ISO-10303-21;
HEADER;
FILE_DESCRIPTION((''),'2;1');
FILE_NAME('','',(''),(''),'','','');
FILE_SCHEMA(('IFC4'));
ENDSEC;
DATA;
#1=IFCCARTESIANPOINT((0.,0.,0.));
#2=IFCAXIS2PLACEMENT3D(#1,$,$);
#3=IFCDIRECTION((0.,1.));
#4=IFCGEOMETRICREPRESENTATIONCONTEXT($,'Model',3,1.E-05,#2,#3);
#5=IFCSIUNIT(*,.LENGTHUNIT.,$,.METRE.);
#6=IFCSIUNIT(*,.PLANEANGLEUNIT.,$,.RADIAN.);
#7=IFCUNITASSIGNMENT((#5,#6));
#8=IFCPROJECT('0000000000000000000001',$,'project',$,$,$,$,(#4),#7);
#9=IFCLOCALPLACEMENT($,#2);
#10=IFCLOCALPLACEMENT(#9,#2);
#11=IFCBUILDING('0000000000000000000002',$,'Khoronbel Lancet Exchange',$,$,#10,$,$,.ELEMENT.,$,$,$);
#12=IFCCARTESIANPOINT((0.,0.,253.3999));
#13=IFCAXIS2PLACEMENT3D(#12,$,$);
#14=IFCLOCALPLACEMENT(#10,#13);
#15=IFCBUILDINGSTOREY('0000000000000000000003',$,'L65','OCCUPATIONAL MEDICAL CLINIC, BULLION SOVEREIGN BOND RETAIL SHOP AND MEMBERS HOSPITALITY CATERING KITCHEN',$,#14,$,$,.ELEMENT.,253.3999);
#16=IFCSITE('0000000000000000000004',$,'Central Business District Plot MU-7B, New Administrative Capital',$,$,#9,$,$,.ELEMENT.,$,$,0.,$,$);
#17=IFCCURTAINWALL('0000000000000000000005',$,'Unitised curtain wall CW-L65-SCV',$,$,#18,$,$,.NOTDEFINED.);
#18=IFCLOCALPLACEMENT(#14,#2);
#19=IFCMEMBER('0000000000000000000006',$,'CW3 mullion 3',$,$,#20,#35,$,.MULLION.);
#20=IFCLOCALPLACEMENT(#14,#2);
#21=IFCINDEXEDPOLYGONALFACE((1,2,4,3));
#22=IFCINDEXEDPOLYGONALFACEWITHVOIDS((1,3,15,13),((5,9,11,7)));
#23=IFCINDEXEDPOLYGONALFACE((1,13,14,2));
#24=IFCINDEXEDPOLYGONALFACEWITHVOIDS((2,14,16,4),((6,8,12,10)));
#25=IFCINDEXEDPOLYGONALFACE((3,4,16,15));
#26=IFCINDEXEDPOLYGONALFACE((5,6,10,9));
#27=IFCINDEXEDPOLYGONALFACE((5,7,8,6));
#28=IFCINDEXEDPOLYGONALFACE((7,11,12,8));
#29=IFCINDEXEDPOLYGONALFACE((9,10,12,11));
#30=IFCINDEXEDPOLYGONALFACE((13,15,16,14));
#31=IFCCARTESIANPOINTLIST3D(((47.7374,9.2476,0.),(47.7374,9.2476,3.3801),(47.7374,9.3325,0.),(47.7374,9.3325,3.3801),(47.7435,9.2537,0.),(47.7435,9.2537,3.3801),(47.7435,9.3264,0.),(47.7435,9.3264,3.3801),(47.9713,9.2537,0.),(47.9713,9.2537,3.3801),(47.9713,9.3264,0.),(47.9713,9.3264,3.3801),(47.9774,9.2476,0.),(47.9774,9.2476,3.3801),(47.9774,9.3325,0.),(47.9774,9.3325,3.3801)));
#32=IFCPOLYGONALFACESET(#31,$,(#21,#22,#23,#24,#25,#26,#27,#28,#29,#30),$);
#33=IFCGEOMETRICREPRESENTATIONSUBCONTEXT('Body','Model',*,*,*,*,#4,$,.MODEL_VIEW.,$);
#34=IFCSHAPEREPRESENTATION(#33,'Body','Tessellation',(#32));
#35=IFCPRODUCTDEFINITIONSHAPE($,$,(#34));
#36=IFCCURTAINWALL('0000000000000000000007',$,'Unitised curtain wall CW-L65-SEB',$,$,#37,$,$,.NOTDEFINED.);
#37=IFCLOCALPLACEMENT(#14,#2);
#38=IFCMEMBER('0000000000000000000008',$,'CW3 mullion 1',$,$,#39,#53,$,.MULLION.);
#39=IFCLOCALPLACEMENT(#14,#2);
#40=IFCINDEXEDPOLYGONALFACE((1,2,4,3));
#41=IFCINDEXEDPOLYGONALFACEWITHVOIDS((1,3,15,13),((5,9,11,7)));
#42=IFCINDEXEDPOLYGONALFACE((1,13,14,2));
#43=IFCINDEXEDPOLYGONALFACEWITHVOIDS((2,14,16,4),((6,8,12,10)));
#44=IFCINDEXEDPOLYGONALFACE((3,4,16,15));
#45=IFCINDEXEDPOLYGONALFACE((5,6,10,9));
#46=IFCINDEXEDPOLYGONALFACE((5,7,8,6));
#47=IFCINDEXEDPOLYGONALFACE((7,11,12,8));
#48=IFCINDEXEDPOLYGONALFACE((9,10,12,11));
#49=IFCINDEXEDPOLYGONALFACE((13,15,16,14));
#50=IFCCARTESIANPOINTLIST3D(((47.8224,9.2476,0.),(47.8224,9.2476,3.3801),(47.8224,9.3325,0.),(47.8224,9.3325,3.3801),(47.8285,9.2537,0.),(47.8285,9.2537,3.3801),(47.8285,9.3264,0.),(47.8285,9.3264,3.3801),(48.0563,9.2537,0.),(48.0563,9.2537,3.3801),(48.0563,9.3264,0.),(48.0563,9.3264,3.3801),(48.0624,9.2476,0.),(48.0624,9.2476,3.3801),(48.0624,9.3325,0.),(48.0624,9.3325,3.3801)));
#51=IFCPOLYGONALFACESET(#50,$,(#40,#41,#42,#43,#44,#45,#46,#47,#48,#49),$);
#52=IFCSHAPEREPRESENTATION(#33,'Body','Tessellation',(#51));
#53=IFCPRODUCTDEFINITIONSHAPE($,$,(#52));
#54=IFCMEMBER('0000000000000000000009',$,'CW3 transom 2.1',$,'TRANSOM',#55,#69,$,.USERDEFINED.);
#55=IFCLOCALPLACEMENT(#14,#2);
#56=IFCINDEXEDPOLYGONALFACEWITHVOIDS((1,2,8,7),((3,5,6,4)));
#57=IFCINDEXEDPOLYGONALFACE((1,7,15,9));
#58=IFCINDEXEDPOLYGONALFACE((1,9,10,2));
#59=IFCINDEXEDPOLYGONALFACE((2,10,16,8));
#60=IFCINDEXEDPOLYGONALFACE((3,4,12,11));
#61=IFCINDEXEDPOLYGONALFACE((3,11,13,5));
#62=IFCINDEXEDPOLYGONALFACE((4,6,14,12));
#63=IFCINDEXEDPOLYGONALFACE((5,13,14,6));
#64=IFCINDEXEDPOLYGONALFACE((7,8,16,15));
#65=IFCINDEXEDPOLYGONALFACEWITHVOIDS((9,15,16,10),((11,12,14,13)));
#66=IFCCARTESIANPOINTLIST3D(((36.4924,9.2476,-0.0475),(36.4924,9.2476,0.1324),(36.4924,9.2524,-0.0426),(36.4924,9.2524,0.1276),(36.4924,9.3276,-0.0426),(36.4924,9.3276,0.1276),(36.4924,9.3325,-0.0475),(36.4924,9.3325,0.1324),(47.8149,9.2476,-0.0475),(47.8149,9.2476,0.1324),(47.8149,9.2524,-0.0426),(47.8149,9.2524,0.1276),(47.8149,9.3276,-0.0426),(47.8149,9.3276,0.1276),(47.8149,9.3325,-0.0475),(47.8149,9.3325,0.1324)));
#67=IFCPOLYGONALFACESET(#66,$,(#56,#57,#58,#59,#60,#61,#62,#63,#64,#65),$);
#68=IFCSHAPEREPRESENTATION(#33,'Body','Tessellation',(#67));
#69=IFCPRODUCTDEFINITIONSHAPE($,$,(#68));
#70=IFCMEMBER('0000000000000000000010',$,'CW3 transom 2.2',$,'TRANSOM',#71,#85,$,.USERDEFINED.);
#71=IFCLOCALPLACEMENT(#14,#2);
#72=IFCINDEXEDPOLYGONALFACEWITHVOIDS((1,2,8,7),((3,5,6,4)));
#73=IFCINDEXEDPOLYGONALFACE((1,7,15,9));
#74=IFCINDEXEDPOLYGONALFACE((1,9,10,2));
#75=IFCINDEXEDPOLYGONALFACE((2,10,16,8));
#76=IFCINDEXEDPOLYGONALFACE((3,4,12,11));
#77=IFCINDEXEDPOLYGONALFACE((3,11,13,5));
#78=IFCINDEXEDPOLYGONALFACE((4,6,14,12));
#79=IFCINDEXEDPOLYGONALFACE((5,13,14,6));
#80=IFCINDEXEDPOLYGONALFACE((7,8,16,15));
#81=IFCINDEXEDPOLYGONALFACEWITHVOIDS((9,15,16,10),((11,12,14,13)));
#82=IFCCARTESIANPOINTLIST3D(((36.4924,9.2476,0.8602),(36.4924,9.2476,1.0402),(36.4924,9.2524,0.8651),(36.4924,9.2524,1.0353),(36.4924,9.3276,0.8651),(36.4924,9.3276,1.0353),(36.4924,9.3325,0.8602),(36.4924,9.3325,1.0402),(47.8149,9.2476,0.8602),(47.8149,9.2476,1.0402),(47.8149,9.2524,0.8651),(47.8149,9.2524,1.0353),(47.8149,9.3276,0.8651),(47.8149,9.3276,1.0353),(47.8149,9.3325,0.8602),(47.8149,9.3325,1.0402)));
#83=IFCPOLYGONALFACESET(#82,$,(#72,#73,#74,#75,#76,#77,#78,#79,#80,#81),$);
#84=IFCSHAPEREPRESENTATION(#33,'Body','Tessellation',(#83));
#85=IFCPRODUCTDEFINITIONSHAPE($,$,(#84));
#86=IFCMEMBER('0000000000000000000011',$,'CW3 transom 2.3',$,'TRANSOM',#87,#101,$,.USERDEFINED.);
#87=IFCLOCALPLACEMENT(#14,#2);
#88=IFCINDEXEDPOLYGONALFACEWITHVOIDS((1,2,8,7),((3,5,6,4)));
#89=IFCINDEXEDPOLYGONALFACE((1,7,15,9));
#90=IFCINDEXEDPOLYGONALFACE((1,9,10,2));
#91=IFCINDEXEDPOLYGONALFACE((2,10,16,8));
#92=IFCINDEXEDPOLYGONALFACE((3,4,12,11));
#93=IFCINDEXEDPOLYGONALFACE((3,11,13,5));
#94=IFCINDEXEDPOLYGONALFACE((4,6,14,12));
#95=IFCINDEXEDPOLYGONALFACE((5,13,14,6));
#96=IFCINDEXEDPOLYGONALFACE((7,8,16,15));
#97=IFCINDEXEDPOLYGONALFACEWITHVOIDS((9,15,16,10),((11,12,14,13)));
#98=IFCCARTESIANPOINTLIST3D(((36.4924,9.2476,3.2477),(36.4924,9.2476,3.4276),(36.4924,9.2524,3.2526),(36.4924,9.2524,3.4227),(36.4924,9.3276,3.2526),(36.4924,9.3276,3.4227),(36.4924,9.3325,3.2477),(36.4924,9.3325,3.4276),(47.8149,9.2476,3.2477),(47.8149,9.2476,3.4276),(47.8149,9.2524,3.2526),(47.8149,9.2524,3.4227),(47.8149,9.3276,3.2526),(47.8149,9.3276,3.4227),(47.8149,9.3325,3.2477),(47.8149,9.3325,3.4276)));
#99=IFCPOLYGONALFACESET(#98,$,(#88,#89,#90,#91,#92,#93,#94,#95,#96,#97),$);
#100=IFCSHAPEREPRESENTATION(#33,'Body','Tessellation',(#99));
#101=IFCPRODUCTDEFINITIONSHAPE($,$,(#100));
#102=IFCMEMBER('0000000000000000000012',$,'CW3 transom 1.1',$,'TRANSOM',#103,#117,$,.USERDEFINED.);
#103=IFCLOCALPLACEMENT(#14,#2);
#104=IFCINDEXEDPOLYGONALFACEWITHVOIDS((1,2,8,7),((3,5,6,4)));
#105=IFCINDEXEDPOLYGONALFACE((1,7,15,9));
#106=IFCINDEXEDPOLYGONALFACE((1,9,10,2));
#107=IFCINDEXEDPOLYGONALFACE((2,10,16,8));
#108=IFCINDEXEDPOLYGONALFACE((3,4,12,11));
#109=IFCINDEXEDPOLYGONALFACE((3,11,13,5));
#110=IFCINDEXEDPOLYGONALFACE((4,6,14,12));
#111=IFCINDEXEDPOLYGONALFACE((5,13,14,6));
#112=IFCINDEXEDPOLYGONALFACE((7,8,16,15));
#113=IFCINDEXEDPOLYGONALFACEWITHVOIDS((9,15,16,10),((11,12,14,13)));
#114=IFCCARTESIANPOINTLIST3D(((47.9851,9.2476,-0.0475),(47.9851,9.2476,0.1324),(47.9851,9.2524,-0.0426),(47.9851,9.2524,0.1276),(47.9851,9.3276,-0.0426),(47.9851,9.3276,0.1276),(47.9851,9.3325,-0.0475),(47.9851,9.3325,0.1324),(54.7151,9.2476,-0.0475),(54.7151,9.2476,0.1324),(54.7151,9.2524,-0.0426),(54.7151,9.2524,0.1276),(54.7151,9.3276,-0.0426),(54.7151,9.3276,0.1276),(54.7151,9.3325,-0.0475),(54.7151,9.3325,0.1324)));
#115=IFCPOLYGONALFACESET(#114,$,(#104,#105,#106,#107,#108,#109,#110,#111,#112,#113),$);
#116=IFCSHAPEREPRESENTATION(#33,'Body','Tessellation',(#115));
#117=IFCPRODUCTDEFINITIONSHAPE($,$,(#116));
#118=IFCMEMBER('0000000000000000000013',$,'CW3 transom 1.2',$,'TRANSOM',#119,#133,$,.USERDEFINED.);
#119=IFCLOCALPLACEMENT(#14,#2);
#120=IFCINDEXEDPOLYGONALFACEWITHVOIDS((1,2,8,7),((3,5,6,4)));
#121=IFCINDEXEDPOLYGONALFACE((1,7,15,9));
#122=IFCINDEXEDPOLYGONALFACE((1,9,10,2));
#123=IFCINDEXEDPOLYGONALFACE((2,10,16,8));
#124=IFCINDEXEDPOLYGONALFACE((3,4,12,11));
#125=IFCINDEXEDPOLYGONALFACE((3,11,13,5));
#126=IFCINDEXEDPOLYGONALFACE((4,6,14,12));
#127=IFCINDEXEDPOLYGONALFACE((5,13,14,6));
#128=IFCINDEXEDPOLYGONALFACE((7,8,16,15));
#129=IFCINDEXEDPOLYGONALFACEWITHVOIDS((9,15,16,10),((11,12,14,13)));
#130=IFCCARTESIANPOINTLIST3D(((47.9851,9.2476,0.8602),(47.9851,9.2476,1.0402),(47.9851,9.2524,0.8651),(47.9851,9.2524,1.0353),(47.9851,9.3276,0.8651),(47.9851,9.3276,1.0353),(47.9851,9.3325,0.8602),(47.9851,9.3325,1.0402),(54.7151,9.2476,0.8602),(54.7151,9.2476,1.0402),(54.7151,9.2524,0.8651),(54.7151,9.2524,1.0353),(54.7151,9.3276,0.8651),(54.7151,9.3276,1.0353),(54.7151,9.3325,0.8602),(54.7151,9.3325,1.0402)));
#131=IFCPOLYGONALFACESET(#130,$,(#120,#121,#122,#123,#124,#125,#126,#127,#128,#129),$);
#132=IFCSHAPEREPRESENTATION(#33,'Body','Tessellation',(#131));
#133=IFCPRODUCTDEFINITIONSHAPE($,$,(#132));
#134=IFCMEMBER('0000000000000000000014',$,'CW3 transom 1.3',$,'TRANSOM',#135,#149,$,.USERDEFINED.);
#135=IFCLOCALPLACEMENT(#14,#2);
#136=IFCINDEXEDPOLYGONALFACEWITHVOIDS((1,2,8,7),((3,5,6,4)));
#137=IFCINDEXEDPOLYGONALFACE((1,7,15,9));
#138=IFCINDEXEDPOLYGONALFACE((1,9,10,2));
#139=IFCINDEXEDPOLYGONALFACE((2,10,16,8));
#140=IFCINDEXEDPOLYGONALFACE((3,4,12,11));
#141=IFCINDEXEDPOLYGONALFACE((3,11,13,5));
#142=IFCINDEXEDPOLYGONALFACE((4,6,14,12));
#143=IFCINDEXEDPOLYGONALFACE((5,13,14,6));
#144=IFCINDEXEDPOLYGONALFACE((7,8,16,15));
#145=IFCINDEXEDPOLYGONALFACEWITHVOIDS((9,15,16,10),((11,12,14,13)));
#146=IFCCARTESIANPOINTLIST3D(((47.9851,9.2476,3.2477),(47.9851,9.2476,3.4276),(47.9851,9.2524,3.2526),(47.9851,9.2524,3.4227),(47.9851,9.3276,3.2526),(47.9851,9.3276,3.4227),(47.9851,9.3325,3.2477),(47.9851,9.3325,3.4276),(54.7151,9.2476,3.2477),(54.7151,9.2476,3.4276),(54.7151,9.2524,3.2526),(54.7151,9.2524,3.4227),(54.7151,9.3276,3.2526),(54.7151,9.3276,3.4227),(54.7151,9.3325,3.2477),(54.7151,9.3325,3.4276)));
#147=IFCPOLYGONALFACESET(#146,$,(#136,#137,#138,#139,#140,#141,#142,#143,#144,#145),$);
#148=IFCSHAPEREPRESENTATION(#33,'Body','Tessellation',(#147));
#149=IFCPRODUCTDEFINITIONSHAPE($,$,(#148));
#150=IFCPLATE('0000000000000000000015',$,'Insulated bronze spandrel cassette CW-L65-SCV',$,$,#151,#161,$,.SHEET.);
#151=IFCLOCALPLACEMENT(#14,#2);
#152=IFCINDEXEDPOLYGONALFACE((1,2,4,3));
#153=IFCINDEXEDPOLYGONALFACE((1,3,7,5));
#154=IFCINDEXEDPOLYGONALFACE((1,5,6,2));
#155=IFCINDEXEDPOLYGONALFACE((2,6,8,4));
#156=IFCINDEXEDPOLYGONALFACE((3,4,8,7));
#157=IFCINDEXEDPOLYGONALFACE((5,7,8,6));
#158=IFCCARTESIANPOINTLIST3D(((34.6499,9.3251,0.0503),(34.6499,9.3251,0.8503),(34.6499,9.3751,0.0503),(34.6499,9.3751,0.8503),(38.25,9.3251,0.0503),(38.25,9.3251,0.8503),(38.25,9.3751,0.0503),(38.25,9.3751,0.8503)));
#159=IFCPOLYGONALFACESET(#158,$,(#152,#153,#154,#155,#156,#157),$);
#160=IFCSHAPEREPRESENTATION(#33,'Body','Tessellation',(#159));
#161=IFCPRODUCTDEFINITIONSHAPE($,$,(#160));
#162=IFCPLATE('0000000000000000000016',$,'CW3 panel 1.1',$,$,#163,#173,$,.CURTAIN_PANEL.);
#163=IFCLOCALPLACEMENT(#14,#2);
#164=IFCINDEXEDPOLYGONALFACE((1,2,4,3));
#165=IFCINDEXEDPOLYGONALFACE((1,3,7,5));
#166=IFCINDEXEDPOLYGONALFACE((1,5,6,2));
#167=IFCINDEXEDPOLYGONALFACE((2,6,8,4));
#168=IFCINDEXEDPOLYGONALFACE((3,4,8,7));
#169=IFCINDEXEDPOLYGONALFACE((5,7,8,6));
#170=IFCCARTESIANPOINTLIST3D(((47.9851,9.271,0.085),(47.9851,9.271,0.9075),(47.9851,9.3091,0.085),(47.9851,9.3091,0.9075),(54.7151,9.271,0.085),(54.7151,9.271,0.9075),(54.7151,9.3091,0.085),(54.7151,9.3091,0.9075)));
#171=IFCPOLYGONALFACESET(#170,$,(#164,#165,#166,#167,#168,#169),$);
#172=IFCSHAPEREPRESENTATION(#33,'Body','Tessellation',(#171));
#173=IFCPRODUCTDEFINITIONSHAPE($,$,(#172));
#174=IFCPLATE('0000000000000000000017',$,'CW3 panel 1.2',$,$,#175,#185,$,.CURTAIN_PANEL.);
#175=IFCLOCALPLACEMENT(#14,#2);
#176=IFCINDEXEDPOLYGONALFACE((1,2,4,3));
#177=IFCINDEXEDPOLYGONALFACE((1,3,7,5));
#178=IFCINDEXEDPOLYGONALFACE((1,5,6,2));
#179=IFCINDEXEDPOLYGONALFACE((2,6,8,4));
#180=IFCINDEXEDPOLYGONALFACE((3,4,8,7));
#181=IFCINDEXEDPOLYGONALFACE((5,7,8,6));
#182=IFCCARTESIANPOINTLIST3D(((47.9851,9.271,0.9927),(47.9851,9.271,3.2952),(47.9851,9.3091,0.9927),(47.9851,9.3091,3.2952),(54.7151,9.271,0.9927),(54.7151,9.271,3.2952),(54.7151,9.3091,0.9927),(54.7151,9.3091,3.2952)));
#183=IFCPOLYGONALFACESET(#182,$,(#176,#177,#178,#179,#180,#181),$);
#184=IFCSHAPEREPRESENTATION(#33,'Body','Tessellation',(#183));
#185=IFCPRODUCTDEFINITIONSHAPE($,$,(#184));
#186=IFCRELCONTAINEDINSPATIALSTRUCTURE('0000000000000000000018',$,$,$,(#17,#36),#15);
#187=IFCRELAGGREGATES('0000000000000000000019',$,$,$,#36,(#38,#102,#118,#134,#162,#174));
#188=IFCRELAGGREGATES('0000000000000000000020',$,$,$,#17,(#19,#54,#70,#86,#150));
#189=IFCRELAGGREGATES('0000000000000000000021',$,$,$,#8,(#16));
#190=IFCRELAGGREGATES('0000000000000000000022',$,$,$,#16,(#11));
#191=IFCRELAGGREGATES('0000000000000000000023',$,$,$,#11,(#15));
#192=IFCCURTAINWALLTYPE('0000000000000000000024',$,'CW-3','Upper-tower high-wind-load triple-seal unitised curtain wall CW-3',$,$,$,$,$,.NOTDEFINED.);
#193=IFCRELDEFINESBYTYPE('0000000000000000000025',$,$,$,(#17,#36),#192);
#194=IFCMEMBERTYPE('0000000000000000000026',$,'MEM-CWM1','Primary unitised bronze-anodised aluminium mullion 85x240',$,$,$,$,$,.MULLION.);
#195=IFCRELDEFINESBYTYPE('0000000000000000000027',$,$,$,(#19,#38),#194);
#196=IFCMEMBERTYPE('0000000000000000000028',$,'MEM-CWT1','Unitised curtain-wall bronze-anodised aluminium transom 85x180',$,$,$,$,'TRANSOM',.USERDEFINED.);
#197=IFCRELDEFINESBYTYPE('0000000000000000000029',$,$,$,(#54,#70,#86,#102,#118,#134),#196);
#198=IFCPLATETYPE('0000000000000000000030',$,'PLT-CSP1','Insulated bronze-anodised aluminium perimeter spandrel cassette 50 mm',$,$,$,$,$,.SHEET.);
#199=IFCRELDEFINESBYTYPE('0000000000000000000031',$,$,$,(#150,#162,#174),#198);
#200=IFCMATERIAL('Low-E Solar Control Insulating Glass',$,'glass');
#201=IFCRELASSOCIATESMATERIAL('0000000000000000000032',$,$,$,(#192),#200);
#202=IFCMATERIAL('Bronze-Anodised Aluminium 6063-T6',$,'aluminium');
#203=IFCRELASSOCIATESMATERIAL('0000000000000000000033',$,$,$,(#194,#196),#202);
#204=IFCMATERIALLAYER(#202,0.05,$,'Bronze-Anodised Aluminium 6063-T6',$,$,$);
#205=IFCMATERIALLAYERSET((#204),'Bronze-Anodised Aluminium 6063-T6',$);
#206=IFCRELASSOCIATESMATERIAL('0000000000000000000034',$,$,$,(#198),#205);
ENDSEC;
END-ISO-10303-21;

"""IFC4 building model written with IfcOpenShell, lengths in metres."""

from ifc_helpers import new_model, si_unit, direction, frame, origin, origin_2d, place, context, subcontext, project, spatial, rectangle, hollow_rectangle, extrude, material, layer, layer_set, material_profile, profile_set, type_object, element, aggregate, save


model = new_model("IFC4")

# Units and contexts
model_context = context("Model", 3, precision=1e-05, world=origin(), true_north=direction((0.0, 1.0)))
body_context = subcontext(model_context, "Body", "Model", "MODEL_VIEW")
ifc_project = project(units=[si_unit("LENGTHUNIT", "METRE"), si_unit("PLANEANGLEUNIT", "RADIAN")], contexts=[model_context])

# Site, building, storey
site_placement = place(None, origin())
site = spatial("IfcSite", under=ifc_project, at=site_placement, Name="Central Business District Plot MU-7B, New Administrative Capital", CompositionType="ELEMENT", RefElevation=0.0)
building_placement = place(site_placement, origin())
building = spatial("IfcBuilding", under=site, at=building_placement, Name="Khoronbel Lancet Exchange", CompositionType="ELEMENT")
storey_placement = place(building_placement, frame((0.0, 0.0, 253.3999)))
storey = spatial("IfcBuildingStorey", under=building, at=storey_placement, Name="L65", Description="OCCUPATIONAL MEDICAL CLINIC, BULLION SOVEREIGN BOND RETAIL SHOP AND MEMBERS HOSPITALITY CATERING KITCHEN", CompositionType="ELEMENT", Elevation=253.3999)

# Curtain wall, member
ifc_material_1 = material(Name="Low-E Solar Control Insulating Glass", Category="glass")
curtain_wall_type = type_object("IfcCurtainWallType", Name="CW-3", Description="Upper-tower high-wind-load triple-seal unitised curtain wall CW-3", PredefinedType="NOTDEFINED", material=ifc_material_1)
curtain_wall_1_placement = place(storey_placement, origin())
curtain_wall_1 = element("IfcCurtainWall", 1, at=curtain_wall_1_placement, inside=storey, type_object=curtain_wall_type, Name="Unitised curtain wall CW-L65-SCV", PredefinedType="NOTDEFINED")
ifc_material_2 = material(Name="Bronze-Anodised Aluminium 6063-T6", Category="aluminium")
ifc_material_profile_1 = material_profile(ifc_material_2, hollow_rectangle(XDim=0.085, YDim=0.24, WallThickness=0.0061, at=origin_2d()), Name="ALU MULLION 85x240")
ifc_profile_set_1 = profile_set([ifc_material_profile_1], Name="Bronze-Anodised Aluminium 6063-T6")
member_type_1 = type_object("IfcMemberType", Name="MEM-CWM1", Description="Primary unitised bronze-anodised aluminium mullion 85x240", PredefinedType="MULLION", material=ifc_profile_set_1)
member_1_placement = place(storey_placement, frame((47.8574, 9.29, 0.0), z_axis=(0.0, 0.0, 1.0), x_axis=(0.0, 1.0, 0.0)))
member_1 = element("IfcMember", 2, at=member_1_placement, type_object=member_type_1, Name="CW3 mullion 3", PredefinedType="MULLION", context=body_context, shape_type="SweptSolid", body=[
    extrude(hollow_rectangle(XDim=0.085, YDim=0.24, WallThickness=0.0061, at=origin_2d()), origin(), (0.0, 0.0, 1.0), 3.3801),
])

# Curtain wall, member
curtain_wall_2_placement = place(storey_placement, origin())
curtain_wall_2 = element("IfcCurtainWall", 3, at=curtain_wall_2_placement, inside=storey, type_object=curtain_wall_type, Name="Unitised curtain wall CW-L65-SEB", PredefinedType="NOTDEFINED")
member_2_placement = place(storey_placement, frame((47.9424, 9.29, 0.0), z_axis=(0.0, 0.0, 1.0), x_axis=(0.0, 1.0, 0.0)))
member_2 = element("IfcMember", 4, at=member_2_placement, type_object=member_type_1, Name="CW3 mullion 1", PredefinedType="MULLION", context=body_context, shape_type="SweptSolid", body=[
    extrude(hollow_rectangle(XDim=0.085, YDim=0.24, WallThickness=0.0061, at=origin_2d()), origin(), (0.0, 0.0, 1.0), 3.3801),
])

# Members
ifc_material_profile_2 = material_profile(ifc_material_2, hollow_rectangle(XDim=0.085, YDim=0.1799, WallThickness=0.0049, at=origin_2d()), Name="ALU TRANSOM 85x180")
ifc_profile_set_2 = profile_set([ifc_material_profile_2], Name="Bronze-Anodised Aluminium 6063-T6")
member_type_2 = type_object("IfcMemberType", Name="MEM-CWT1", Description="Unitised curtain-wall bronze-anodised aluminium transom 85x180", ElementType="TRANSOM", PredefinedType="USERDEFINED", material=ifc_profile_set_2)
member_3_placement = place(storey_placement, frame((36.4924, 9.29, 0.0425), z_axis=(1.0, 0.0, 0.0), x_axis=(0.0, 1.0, 0.0)))
member_3 = element("IfcMember", 5, at=member_3_placement, type_object=member_type_2, Name="CW3 transom 2.1", ObjectType="TRANSOM", PredefinedType="USERDEFINED", context=body_context, shape_type="SweptSolid", body=[
    extrude(hollow_rectangle(XDim=0.085, YDim=0.1799, WallThickness=0.0049, at=origin_2d()), origin(), (0.0, 0.0, 1.0), 11.3225),
])
member_4_placement = place(storey_placement, frame((36.4924, 9.29, 0.9502), z_axis=(1.0, 0.0, 0.0), x_axis=(0.0, 1.0, 0.0)))
member_4 = element("IfcMember", 6, at=member_4_placement, type_object=member_type_2, Name="CW3 transom 2.2", ObjectType="TRANSOM", PredefinedType="USERDEFINED", context=body_context, shape_type="SweptSolid", body=[
    extrude(hollow_rectangle(XDim=0.085, YDim=0.1799, WallThickness=0.0049, at=origin_2d()), origin(), (0.0, 0.0, 1.0), 11.3225),
])
member_5_placement = place(storey_placement, frame((36.4924, 9.29, 3.3376), z_axis=(1.0, 0.0, 0.0), x_axis=(0.0, 1.0, 0.0)))
member_5 = element("IfcMember", 7, at=member_5_placement, type_object=member_type_2, Name="CW3 transom 2.3", ObjectType="TRANSOM", PredefinedType="USERDEFINED", context=body_context, shape_type="SweptSolid", body=[
    extrude(hollow_rectangle(XDim=0.085, YDim=0.1799, WallThickness=0.0049, at=origin_2d()), origin(), (0.0, 0.0, 1.0), 11.3225),
])
member_6_placement = place(storey_placement, frame((47.9851, 9.29, 0.0425), z_axis=(1.0, 0.0, 0.0), x_axis=(0.0, 1.0, 0.0)))
member_6 = element("IfcMember", 8, at=member_6_placement, type_object=member_type_2, Name="CW3 transom 1.1", ObjectType="TRANSOM", PredefinedType="USERDEFINED", context=body_context, shape_type="SweptSolid", body=[
    extrude(hollow_rectangle(XDim=0.085, YDim=0.1799, WallThickness=0.0049, at=origin_2d()), origin(), (0.0, 0.0, 1.0), 6.73),
])
member_7_placement = place(storey_placement, frame((47.9851, 9.29, 0.9502), z_axis=(1.0, 0.0, 0.0), x_axis=(0.0, 1.0, 0.0)))
member_7 = element("IfcMember", 9, at=member_7_placement, type_object=member_type_2, Name="CW3 transom 1.2", ObjectType="TRANSOM", PredefinedType="USERDEFINED", context=body_context, shape_type="SweptSolid", body=[
    extrude(hollow_rectangle(XDim=0.085, YDim=0.1799, WallThickness=0.0049, at=origin_2d()), origin(), (0.0, 0.0, 1.0), 6.73),
])
member_8_placement = place(storey_placement, frame((47.9851, 9.29, 3.3376), z_axis=(1.0, 0.0, 0.0), x_axis=(0.0, 1.0, 0.0)))
member_8 = element("IfcMember", 10, at=member_8_placement, type_object=member_type_2, Name="CW3 transom 1.3", ObjectType="TRANSOM", PredefinedType="USERDEFINED", context=body_context, shape_type="SweptSolid", body=[
    extrude(hollow_rectangle(XDim=0.085, YDim=0.1799, WallThickness=0.0049, at=origin_2d()), origin(), (0.0, 0.0, 1.0), 6.73),
])

# Plates
ifc_layer_1 = layer(ifc_material_2, 0.05, Name="Bronze-Anodised Aluminium 6063-T6")
ifc_layer_set_1 = layer_set([ifc_layer_1], Name="Bronze-Anodised Aluminium 6063-T6")
plate_type_1 = type_object("IfcPlateType", Name="PLT-CSP1", Description="Insulated bronze-anodised aluminium perimeter spandrel cassette 50 mm", PredefinedType="SHEET", material=ifc_layer_set_1)
plate_1_placement = place(storey_placement, frame((36.45, 9.3501, 0.0503), z_axis=(0.0, 0.0, 1.0), x_axis=(1.0, 0.0, 0.0)))
plate_1 = element("IfcPlate", 11, at=plate_1_placement, type_object=plate_type_1, Name="Insulated bronze spandrel cassette CW-L65-SCV", PredefinedType="SHEET", context=body_context, shape_type="SweptSolid", body=[
    extrude(rectangle(XDim=3.6001, YDim=0.05, at=origin_2d()), origin(), (0.0, 0.0, 1.0), 0.8),
])
plate_2_placement = place(storey_placement, frame((51.3501, 9.29, 0.085), z_axis=(0.0, 0.0, 1.0), x_axis=(1.0, 0.0, 0.0)))
plate_2 = element("IfcPlate", 12, at=plate_2_placement, type_object=plate_type_1, Name="CW3 panel 1.1", PredefinedType="CURTAIN_PANEL", context=body_context, shape_type="SweptSolid", body=[
    extrude(rectangle(XDim=6.73, YDim=0.0381, at=origin_2d()), origin(), (0.0, 0.0, 1.0), 0.8225),
])
plate_3_placement = place(storey_placement, frame((51.3501, 9.29, 0.9927), z_axis=(0.0, 0.0, 1.0), x_axis=(1.0, 0.0, 0.0)))
plate_3 = element("IfcPlate", 13, at=plate_3_placement, type_object=plate_type_1, Name="CW3 panel 1.2", PredefinedType="CURTAIN_PANEL", context=body_context, shape_type="SweptSolid", body=[
    extrude(rectangle(XDim=6.73, YDim=0.0381, at=origin_2d()), origin(), (0.0, 0.0, 1.0), 2.3025),
])
aggregate(curtain_wall_2, [member_2, member_6, member_7, member_8, plate_2, plate_3])
aggregate(curtain_wall_1, [member_1, member_3, member_4, member_5, plate_1])

save(model, "model.ifc")
